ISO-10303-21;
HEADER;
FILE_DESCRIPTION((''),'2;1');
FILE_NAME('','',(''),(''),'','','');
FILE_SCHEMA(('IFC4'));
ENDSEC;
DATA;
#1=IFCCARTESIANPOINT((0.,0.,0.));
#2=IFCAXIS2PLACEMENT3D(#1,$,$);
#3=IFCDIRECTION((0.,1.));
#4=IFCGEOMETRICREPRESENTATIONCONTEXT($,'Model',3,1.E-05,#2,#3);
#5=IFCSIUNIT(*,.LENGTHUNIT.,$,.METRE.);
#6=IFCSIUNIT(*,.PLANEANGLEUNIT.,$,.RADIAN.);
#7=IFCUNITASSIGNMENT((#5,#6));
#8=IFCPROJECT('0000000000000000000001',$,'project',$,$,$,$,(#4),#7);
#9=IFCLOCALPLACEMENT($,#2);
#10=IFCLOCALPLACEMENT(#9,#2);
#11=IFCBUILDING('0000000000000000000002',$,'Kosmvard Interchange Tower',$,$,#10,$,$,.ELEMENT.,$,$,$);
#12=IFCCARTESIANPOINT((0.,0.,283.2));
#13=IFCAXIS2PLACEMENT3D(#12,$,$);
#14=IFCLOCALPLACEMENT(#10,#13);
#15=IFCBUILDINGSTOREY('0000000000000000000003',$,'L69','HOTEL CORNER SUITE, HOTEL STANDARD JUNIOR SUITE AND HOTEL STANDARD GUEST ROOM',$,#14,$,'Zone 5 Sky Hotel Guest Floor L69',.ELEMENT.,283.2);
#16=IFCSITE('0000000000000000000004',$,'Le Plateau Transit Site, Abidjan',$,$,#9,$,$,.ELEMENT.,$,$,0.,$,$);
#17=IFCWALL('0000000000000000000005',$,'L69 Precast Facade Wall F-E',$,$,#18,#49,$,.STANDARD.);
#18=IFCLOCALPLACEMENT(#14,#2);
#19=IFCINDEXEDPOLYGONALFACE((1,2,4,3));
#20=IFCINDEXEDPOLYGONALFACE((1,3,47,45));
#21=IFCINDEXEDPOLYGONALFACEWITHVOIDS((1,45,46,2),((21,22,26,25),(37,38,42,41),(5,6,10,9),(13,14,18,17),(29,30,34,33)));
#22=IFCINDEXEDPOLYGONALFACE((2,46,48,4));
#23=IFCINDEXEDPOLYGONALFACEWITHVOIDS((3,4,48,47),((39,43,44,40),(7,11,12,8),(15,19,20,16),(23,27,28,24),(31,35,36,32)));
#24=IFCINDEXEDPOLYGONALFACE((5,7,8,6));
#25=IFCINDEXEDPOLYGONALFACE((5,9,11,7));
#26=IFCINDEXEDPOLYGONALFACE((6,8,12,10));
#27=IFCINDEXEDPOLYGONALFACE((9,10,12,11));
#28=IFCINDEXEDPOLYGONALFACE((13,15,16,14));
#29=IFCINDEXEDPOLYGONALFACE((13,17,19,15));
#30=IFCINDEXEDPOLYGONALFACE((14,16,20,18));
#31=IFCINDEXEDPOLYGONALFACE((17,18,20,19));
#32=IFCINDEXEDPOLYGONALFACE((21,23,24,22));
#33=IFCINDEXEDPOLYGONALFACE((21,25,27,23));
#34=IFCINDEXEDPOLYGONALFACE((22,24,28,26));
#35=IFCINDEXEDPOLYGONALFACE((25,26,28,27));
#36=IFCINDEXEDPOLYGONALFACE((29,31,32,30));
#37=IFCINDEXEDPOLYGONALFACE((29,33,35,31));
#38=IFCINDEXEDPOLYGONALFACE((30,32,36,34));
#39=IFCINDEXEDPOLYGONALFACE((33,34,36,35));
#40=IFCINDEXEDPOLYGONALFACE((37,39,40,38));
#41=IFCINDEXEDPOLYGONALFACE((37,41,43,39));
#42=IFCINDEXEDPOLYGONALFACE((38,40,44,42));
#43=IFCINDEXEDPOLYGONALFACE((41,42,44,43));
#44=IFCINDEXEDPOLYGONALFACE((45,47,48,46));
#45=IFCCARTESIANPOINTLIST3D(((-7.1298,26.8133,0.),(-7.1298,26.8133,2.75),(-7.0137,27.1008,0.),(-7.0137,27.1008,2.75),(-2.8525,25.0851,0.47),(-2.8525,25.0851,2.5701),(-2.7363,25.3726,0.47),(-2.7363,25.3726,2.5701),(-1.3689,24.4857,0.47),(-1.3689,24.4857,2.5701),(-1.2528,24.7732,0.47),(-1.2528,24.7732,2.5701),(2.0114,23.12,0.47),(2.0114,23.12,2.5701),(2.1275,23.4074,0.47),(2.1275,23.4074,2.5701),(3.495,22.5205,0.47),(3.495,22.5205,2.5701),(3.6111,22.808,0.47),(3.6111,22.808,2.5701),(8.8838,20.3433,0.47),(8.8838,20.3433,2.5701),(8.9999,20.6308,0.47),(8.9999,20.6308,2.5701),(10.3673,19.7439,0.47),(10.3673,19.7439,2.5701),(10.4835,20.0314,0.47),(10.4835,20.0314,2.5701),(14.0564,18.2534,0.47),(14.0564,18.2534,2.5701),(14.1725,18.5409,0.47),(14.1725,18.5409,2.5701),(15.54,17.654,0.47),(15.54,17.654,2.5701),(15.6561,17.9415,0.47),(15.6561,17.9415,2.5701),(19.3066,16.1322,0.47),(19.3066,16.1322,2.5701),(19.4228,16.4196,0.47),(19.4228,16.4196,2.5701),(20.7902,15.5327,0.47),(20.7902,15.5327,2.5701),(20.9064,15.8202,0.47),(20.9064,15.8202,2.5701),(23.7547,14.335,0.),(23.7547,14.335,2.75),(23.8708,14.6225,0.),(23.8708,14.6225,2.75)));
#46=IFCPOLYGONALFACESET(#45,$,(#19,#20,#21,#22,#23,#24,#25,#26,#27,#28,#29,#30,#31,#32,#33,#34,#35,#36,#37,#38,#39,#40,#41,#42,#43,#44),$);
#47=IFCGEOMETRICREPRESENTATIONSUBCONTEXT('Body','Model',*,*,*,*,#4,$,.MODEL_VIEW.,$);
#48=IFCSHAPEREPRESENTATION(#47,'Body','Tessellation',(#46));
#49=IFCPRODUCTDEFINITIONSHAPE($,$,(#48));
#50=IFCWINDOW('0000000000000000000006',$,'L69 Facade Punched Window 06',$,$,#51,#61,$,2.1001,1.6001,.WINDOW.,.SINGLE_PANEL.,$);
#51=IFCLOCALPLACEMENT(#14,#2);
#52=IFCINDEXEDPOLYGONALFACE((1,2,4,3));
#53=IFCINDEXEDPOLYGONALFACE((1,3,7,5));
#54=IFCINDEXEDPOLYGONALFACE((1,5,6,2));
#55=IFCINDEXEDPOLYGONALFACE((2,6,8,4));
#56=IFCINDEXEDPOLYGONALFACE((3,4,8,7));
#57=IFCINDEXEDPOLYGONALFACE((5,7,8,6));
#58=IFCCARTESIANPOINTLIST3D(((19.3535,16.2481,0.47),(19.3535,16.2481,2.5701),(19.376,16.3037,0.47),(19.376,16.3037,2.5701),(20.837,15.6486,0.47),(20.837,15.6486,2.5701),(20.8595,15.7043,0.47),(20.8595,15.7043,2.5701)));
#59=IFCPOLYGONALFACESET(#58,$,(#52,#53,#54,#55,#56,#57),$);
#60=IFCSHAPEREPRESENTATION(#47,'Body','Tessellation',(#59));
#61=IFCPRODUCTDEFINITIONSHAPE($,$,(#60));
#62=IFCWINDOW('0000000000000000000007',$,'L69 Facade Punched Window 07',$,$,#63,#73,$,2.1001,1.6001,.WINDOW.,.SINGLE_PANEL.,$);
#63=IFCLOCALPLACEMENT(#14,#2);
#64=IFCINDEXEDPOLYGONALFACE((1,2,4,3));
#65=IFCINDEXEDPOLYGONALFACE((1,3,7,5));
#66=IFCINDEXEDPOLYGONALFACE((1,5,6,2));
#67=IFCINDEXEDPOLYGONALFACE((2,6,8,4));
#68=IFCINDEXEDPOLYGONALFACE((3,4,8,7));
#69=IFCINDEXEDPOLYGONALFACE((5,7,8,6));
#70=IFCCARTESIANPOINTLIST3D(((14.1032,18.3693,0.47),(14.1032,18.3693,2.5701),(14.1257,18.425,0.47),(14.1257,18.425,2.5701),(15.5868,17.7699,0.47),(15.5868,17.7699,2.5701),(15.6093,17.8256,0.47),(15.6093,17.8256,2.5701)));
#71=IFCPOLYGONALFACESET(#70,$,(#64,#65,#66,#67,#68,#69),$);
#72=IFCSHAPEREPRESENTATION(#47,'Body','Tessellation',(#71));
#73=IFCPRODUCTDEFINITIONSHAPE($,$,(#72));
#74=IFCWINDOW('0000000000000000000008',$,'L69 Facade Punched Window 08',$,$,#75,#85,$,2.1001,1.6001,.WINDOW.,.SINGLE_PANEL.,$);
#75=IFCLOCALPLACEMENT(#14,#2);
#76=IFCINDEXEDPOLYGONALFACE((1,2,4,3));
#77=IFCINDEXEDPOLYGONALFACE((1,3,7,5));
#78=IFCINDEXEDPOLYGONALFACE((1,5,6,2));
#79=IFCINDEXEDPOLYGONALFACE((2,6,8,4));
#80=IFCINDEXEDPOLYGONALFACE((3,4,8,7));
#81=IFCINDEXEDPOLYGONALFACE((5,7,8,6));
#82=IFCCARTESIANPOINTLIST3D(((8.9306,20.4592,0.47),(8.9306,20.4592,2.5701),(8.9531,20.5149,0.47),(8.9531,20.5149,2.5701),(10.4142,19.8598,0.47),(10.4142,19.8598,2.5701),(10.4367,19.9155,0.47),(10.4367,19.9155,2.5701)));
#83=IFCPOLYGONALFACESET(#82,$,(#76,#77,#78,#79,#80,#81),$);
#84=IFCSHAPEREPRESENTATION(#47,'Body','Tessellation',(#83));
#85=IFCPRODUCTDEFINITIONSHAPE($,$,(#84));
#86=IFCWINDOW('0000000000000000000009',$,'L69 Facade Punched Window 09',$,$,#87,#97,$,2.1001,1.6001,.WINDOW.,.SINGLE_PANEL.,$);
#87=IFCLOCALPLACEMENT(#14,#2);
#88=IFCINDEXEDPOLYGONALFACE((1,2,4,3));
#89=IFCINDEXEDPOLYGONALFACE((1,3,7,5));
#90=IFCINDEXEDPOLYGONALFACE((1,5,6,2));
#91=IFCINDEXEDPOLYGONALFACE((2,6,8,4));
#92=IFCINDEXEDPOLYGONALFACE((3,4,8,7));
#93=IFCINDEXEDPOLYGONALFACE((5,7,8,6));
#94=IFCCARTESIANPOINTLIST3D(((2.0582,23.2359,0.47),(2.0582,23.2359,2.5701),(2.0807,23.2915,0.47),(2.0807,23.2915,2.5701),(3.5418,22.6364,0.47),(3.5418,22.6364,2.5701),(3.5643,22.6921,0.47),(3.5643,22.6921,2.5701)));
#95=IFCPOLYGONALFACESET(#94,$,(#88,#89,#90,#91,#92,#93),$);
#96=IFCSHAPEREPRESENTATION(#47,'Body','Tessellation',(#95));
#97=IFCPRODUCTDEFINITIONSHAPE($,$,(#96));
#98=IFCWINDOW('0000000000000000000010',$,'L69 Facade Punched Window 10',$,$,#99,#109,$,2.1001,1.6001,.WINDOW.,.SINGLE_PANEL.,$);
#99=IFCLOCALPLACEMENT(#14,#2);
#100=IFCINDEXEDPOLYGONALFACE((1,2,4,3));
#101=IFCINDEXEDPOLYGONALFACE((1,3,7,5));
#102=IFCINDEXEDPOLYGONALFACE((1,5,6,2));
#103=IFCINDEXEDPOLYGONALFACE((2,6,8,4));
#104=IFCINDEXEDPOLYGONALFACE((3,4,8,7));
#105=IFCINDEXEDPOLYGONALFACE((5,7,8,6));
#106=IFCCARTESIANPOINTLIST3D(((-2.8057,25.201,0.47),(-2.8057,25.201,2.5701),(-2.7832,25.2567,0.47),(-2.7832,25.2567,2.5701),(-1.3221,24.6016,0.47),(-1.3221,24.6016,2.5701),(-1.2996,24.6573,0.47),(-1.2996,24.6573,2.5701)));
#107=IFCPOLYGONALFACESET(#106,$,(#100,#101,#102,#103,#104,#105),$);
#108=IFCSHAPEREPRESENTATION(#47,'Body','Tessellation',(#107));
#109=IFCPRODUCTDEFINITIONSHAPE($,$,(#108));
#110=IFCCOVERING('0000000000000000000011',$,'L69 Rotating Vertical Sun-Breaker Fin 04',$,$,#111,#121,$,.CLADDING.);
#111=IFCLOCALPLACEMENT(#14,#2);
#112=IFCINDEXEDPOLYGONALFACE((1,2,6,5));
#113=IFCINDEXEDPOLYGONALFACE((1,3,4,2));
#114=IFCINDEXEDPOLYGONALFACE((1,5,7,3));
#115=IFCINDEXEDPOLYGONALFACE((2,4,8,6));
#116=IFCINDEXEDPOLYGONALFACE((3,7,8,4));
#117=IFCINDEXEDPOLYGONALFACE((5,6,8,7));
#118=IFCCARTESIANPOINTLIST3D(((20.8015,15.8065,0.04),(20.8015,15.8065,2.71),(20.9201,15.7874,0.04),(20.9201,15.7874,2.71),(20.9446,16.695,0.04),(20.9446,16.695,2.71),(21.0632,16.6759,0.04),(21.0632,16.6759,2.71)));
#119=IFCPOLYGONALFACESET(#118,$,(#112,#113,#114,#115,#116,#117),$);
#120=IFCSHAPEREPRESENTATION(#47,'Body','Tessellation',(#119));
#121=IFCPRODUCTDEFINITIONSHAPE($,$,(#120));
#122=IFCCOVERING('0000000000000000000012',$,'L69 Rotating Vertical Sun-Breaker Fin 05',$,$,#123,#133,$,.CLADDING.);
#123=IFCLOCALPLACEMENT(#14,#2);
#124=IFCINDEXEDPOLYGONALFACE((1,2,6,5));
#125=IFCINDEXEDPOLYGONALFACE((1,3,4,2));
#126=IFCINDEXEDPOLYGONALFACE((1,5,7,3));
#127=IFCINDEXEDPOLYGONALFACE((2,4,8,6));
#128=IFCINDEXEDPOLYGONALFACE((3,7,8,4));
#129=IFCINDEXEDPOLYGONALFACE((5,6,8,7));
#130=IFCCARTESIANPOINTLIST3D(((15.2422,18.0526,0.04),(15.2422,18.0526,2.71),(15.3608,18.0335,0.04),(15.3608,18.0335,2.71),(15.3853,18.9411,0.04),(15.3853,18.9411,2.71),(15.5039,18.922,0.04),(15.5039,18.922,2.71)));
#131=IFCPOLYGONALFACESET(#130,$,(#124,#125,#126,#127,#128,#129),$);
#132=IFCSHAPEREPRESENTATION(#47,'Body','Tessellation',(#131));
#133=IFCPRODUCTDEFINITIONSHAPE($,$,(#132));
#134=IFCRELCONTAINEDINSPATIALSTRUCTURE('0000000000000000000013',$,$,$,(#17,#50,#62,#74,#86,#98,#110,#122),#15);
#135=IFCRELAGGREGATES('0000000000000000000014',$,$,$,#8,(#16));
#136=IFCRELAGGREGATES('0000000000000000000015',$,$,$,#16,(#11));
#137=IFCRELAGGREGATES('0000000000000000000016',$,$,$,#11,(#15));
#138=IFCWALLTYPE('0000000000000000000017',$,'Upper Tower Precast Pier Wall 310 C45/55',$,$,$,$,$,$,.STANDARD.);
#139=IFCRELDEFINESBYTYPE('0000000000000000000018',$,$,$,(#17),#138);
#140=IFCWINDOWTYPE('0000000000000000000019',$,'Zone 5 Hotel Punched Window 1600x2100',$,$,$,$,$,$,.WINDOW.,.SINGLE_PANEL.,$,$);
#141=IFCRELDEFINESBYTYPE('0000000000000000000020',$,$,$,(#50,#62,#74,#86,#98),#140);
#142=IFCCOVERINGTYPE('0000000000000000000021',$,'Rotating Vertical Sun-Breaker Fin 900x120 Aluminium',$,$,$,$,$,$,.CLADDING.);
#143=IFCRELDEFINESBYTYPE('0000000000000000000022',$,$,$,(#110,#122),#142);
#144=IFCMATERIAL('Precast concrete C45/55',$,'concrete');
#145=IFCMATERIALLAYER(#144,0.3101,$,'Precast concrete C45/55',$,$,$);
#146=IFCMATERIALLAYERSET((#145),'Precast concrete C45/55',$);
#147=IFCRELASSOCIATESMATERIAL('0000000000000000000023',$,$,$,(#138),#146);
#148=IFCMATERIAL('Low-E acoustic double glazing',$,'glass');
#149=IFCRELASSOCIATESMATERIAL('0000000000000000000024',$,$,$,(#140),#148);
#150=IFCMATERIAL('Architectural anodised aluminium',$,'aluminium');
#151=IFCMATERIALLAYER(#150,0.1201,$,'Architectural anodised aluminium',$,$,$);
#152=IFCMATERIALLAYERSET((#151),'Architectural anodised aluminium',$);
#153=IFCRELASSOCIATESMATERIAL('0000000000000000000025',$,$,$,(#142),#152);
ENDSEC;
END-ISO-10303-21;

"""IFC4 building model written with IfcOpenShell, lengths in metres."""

from ifc_helpers import new_model, si_unit, direction, frame, frame_2d, origin, origin_2d, place, context, subcontext, project, spatial, rectangle, extrude, source, transform, mapped, material, layer, layer_set, type_object, element, fill, save


model = new_model("IFC4")

# Units and contexts
model_context = context("Model", 3, precision=1e-05, world=origin(), true_north=direction((0.0, 1.0)))
body_context = subcontext(model_context, "Body", "Model", "MODEL_VIEW")
ifc_project = project(units=[si_unit("LENGTHUNIT", "METRE"), si_unit("PLANEANGLEUNIT", "RADIAN")], contexts=[model_context])

# Site, building, storey
site_placement = place(None, origin())
site = spatial("IfcSite", under=ifc_project, at=site_placement, Name="Le Plateau Transit Site, Abidjan", CompositionType="ELEMENT", RefElevation=0.0)
building_placement = place(site_placement, origin())
building = spatial("IfcBuilding", under=site, at=building_placement, Name="Kosmvard Interchange Tower", CompositionType="ELEMENT")
storey_placement = place(building_placement, frame((0.0, 0.0, 283.2)))
storey = spatial("IfcBuildingStorey", under=building, at=storey_placement, Name="L69", Description="HOTEL CORNER SUITE, HOTEL STANDARD JUNIOR SUITE AND HOTEL STANDARD GUEST ROOM", LongName="Zone 5 Sky Hotel Guest Floor L69", CompositionType="ELEMENT", Elevation=283.2)

# Wall, openings, windows
ifc_material_1 = material(Name="Precast concrete C45/55", Category="concrete")
ifc_layer_1 = layer(ifc_material_1, 0.3101, Name="Precast concrete C45/55")
ifc_layer_set_1 = layer_set([ifc_layer_1], Name="Precast concrete C45/55")
wall_type = type_object("IfcWallType", Name="Upper Tower Precast Pier Wall 310 C45/55", PredefinedType="STANDARD", material=ifc_layer_set_1)
wall_placement = place(storey_placement, frame((23.8127, 14.4788, 0.0), z_axis=(0.0, 0.0, 1.0), x_axis=(-0.927183, 0.37461, 0.0)))
wall = element("IfcWall", 1, at=wall_placement, inside=storey, type_object=wall_type, Name="L69 Precast Facade Wall F-E", PredefinedType="STANDARD", context=body_context, shape_type="SweptSolid", body=[
    extrude(rectangle(XDim=33.3101, YDim=0.3101, at=frame_2d((16.655, 0.0))), origin(), (0.0, 0.0, 1.0), 2.75),
])
opening_1_placement = place(wall_placement, frame((3.1973, 0.0, 0.47)))
opening_1 = element("IfcOpeningElement", 2, at=opening_1_placement, cuts=wall, PredefinedType="OPENING", context=body_context, shape_type="SweptSolid", body=[
    extrude(rectangle(XDim=1.6001, YDim=2.1001, at=frame_2d((0.8, 1.05))), frame((0.0, 0.165, 0.0), z_axis=(0.0, -1.0, 0.0), x_axis=(1.0, 0.0, 0.0)), (0.0, 0.0, 1.0), 0.3301),
])
opening_2_placement = place(wall_placement, frame((8.8599, 0.0, 0.47)))
opening_2 = element("IfcOpeningElement", 3, at=opening_2_placement, cuts=wall, PredefinedType="OPENING", context=body_context, shape_type="SweptSolid", body=[
    extrude(rectangle(XDim=1.6001, YDim=2.1001, at=frame_2d((0.8, 1.05))), frame((0.0, 0.165, 0.0), z_axis=(0.0, -1.0, 0.0), x_axis=(1.0, 0.0, 0.0)), (0.0, 0.0, 1.0), 0.3301),
])
opening_3_placement = place(wall_placement, frame((14.4387, 0.0, 0.47)))
opening_3 = element("IfcOpeningElement", 4, at=opening_3_placement, cuts=wall, PredefinedType="OPENING", context=body_context, shape_type="SweptSolid", body=[
    extrude(rectangle(XDim=1.6001, YDim=2.1001, at=frame_2d((0.8, 1.05))), frame((0.0, 0.165, 0.0), z_axis=(0.0, -1.0, 0.0), x_axis=(1.0, 0.0, 0.0)), (0.0, 0.0, 1.0), 0.3301),
])
opening_4_placement = place(wall_placement, frame((21.8508, 0.0, 0.47)))
opening_4 = element("IfcOpeningElement", 5, at=opening_4_placement, cuts=wall, PredefinedType="OPENING", context=body_context, shape_type="SweptSolid", body=[
    extrude(rectangle(XDim=1.6001, YDim=2.1001, at=frame_2d((0.8, 1.05))), frame((0.0, 0.165, 0.0), z_axis=(0.0, -1.0, 0.0), x_axis=(1.0, 0.0, 0.0)), (0.0, 0.0, 1.0), 0.3301),
])
opening_5_placement = place(wall_placement, frame((27.0967, 0.0, 0.47)))
opening_5 = element("IfcOpeningElement", 6, at=opening_5_placement, cuts=wall, PredefinedType="OPENING", context=body_context, shape_type="SweptSolid", body=[
    extrude(rectangle(XDim=1.6001, YDim=2.1001, at=frame_2d((0.8, 1.05))), frame((0.0, 0.165, 0.0), z_axis=(0.0, -1.0, 0.0), x_axis=(1.0, 0.0, 0.0)), (0.0, 0.0, 1.0), 0.3301),
])
ifc_material_2 = material(Name="Low-E acoustic double glazing", Category="glass")
window_type = type_object("IfcWindowType", Name="Zone 5 Hotel Punched Window 1600x2100", PartitioningType="SINGLE_PANEL", PredefinedType="WINDOW", material=ifc_material_2)
shared_shape_1 = source(origin(), body_context, "Body", "SweptSolid", [
    extrude(rectangle(XDim=1.6001, YDim=2.1001, at=frame_2d((0.8, 1.05))), frame((0.0, 0.03, 0.0), z_axis=(0.0, -1.0, 0.0), x_axis=(1.0, 0.0, 0.0)), (0.0, 0.0, 1.0), 0.0601),
])
window_1_placement = place(opening_1_placement, origin())
window_1 = element("IfcWindow", 7, at=window_1_placement, inside=storey, type_object=window_type, Name="L69 Facade Punched Window 06", OverallHeight=2.1001, OverallWidth=1.6001, PartitioningType="SINGLE_PANEL", PredefinedType="WINDOW", context=body_context, shape_type="MappedRepresentation", body=[
    mapped(shared_shape_1, transform((0.0, 0.0, 0.0), scale=1.0)),
])
fill(opening_1, window_1)
window_2_placement = place(opening_2_placement, origin())
window_2 = element("IfcWindow", 8, at=window_2_placement, inside=storey, type_object=window_type, Name="L69 Facade Punched Window 07", OverallHeight=2.1001, OverallWidth=1.6001, PartitioningType="SINGLE_PANEL", PredefinedType="WINDOW", context=body_context, shape_type="MappedRepresentation", body=[
    mapped(shared_shape_1, transform((0.0, 0.0, 0.0), scale=1.0)),
])
fill(opening_2, window_2)
window_3_placement = place(opening_3_placement, origin())
window_3 = element("IfcWindow", 9, at=window_3_placement, inside=storey, type_object=window_type, Name="L69 Facade Punched Window 08", OverallHeight=2.1001, OverallWidth=1.6001, PartitioningType="SINGLE_PANEL", PredefinedType="WINDOW", context=body_context, shape_type="MappedRepresentation", body=[
    mapped(shared_shape_1, transform((0.0, 0.0, 0.0), scale=1.0)),
])
fill(opening_3, window_3)
window_4_placement = place(opening_4_placement, origin())
window_4 = element("IfcWindow", 10, at=window_4_placement, inside=storey, type_object=window_type, Name="L69 Facade Punched Window 09", OverallHeight=2.1001, OverallWidth=1.6001, PartitioningType="SINGLE_PANEL", PredefinedType="WINDOW", context=body_context, shape_type="MappedRepresentation", body=[
    mapped(shared_shape_1, transform((0.0, 0.0, 0.0), scale=1.0)),
])
fill(opening_4, window_4)
window_5_placement = place(opening_5_placement, origin())
window_5 = element("IfcWindow", 11, at=window_5_placement, inside=storey, type_object=window_type, Name="L69 Facade Punched Window 10", OverallHeight=2.1001, OverallWidth=1.6001, PartitioningType="SINGLE_PANEL", PredefinedType="WINDOW", context=body_context, shape_type="MappedRepresentation", body=[
    mapped(shared_shape_1, transform((0.0, 0.0, 0.0), scale=1.0)),
])
fill(opening_5, window_5)

# Coverings
ifc_material_3 = material(Name="Architectural anodised aluminium", Category="aluminium")
ifc_layer_2 = layer(ifc_material_3, 0.1201, Name="Architectural anodised aluminium")
ifc_layer_set_2 = layer_set([ifc_layer_2], Name="Architectural anodised aluminium")
covering_type = type_object("IfcCoveringType", Name="Rotating Vertical Sun-Breaker Fin 900x120 Aluminium", PredefinedType="CLADDING", material=ifc_layer_set_2)
shared_shape_2 = source(origin(), body_context, "Body", "SweptSolid", [
    extrude(rectangle(XDim=0.8999, YDim=0.1201, at=origin_2d()), origin(), (0.0, 0.0, 1.0), 2.6699),
])
for number, where, z_axis, x_axis, name in (
    (12, (20.9324, 16.2412, 0.04), (0.0, 0.0, 1.0), (0.15902, 0.987275, 0.0), "L69 Rotating Vertical Sun-Breaker Fin 04"),
    (13, (15.373, 18.4873, 0.04), (0.0, 0.0, 1.0), (0.15902, 0.987275, 0.0), "L69 Rotating Vertical Sun-Breaker Fin 05"),
):
    element("IfcCovering", number, at=place(storey_placement, frame(where, z_axis=z_axis, x_axis=x_axis)), inside=storey, type_object=covering_type, Name=name, PredefinedType="CLADDING", context=body_context, shape_type="MappedRepresentation", body=[
        mapped(shared_shape_2, transform((0.0, 0.0, 0.0), scale=1.0)),
    ])

save(model, "model.ifc")
